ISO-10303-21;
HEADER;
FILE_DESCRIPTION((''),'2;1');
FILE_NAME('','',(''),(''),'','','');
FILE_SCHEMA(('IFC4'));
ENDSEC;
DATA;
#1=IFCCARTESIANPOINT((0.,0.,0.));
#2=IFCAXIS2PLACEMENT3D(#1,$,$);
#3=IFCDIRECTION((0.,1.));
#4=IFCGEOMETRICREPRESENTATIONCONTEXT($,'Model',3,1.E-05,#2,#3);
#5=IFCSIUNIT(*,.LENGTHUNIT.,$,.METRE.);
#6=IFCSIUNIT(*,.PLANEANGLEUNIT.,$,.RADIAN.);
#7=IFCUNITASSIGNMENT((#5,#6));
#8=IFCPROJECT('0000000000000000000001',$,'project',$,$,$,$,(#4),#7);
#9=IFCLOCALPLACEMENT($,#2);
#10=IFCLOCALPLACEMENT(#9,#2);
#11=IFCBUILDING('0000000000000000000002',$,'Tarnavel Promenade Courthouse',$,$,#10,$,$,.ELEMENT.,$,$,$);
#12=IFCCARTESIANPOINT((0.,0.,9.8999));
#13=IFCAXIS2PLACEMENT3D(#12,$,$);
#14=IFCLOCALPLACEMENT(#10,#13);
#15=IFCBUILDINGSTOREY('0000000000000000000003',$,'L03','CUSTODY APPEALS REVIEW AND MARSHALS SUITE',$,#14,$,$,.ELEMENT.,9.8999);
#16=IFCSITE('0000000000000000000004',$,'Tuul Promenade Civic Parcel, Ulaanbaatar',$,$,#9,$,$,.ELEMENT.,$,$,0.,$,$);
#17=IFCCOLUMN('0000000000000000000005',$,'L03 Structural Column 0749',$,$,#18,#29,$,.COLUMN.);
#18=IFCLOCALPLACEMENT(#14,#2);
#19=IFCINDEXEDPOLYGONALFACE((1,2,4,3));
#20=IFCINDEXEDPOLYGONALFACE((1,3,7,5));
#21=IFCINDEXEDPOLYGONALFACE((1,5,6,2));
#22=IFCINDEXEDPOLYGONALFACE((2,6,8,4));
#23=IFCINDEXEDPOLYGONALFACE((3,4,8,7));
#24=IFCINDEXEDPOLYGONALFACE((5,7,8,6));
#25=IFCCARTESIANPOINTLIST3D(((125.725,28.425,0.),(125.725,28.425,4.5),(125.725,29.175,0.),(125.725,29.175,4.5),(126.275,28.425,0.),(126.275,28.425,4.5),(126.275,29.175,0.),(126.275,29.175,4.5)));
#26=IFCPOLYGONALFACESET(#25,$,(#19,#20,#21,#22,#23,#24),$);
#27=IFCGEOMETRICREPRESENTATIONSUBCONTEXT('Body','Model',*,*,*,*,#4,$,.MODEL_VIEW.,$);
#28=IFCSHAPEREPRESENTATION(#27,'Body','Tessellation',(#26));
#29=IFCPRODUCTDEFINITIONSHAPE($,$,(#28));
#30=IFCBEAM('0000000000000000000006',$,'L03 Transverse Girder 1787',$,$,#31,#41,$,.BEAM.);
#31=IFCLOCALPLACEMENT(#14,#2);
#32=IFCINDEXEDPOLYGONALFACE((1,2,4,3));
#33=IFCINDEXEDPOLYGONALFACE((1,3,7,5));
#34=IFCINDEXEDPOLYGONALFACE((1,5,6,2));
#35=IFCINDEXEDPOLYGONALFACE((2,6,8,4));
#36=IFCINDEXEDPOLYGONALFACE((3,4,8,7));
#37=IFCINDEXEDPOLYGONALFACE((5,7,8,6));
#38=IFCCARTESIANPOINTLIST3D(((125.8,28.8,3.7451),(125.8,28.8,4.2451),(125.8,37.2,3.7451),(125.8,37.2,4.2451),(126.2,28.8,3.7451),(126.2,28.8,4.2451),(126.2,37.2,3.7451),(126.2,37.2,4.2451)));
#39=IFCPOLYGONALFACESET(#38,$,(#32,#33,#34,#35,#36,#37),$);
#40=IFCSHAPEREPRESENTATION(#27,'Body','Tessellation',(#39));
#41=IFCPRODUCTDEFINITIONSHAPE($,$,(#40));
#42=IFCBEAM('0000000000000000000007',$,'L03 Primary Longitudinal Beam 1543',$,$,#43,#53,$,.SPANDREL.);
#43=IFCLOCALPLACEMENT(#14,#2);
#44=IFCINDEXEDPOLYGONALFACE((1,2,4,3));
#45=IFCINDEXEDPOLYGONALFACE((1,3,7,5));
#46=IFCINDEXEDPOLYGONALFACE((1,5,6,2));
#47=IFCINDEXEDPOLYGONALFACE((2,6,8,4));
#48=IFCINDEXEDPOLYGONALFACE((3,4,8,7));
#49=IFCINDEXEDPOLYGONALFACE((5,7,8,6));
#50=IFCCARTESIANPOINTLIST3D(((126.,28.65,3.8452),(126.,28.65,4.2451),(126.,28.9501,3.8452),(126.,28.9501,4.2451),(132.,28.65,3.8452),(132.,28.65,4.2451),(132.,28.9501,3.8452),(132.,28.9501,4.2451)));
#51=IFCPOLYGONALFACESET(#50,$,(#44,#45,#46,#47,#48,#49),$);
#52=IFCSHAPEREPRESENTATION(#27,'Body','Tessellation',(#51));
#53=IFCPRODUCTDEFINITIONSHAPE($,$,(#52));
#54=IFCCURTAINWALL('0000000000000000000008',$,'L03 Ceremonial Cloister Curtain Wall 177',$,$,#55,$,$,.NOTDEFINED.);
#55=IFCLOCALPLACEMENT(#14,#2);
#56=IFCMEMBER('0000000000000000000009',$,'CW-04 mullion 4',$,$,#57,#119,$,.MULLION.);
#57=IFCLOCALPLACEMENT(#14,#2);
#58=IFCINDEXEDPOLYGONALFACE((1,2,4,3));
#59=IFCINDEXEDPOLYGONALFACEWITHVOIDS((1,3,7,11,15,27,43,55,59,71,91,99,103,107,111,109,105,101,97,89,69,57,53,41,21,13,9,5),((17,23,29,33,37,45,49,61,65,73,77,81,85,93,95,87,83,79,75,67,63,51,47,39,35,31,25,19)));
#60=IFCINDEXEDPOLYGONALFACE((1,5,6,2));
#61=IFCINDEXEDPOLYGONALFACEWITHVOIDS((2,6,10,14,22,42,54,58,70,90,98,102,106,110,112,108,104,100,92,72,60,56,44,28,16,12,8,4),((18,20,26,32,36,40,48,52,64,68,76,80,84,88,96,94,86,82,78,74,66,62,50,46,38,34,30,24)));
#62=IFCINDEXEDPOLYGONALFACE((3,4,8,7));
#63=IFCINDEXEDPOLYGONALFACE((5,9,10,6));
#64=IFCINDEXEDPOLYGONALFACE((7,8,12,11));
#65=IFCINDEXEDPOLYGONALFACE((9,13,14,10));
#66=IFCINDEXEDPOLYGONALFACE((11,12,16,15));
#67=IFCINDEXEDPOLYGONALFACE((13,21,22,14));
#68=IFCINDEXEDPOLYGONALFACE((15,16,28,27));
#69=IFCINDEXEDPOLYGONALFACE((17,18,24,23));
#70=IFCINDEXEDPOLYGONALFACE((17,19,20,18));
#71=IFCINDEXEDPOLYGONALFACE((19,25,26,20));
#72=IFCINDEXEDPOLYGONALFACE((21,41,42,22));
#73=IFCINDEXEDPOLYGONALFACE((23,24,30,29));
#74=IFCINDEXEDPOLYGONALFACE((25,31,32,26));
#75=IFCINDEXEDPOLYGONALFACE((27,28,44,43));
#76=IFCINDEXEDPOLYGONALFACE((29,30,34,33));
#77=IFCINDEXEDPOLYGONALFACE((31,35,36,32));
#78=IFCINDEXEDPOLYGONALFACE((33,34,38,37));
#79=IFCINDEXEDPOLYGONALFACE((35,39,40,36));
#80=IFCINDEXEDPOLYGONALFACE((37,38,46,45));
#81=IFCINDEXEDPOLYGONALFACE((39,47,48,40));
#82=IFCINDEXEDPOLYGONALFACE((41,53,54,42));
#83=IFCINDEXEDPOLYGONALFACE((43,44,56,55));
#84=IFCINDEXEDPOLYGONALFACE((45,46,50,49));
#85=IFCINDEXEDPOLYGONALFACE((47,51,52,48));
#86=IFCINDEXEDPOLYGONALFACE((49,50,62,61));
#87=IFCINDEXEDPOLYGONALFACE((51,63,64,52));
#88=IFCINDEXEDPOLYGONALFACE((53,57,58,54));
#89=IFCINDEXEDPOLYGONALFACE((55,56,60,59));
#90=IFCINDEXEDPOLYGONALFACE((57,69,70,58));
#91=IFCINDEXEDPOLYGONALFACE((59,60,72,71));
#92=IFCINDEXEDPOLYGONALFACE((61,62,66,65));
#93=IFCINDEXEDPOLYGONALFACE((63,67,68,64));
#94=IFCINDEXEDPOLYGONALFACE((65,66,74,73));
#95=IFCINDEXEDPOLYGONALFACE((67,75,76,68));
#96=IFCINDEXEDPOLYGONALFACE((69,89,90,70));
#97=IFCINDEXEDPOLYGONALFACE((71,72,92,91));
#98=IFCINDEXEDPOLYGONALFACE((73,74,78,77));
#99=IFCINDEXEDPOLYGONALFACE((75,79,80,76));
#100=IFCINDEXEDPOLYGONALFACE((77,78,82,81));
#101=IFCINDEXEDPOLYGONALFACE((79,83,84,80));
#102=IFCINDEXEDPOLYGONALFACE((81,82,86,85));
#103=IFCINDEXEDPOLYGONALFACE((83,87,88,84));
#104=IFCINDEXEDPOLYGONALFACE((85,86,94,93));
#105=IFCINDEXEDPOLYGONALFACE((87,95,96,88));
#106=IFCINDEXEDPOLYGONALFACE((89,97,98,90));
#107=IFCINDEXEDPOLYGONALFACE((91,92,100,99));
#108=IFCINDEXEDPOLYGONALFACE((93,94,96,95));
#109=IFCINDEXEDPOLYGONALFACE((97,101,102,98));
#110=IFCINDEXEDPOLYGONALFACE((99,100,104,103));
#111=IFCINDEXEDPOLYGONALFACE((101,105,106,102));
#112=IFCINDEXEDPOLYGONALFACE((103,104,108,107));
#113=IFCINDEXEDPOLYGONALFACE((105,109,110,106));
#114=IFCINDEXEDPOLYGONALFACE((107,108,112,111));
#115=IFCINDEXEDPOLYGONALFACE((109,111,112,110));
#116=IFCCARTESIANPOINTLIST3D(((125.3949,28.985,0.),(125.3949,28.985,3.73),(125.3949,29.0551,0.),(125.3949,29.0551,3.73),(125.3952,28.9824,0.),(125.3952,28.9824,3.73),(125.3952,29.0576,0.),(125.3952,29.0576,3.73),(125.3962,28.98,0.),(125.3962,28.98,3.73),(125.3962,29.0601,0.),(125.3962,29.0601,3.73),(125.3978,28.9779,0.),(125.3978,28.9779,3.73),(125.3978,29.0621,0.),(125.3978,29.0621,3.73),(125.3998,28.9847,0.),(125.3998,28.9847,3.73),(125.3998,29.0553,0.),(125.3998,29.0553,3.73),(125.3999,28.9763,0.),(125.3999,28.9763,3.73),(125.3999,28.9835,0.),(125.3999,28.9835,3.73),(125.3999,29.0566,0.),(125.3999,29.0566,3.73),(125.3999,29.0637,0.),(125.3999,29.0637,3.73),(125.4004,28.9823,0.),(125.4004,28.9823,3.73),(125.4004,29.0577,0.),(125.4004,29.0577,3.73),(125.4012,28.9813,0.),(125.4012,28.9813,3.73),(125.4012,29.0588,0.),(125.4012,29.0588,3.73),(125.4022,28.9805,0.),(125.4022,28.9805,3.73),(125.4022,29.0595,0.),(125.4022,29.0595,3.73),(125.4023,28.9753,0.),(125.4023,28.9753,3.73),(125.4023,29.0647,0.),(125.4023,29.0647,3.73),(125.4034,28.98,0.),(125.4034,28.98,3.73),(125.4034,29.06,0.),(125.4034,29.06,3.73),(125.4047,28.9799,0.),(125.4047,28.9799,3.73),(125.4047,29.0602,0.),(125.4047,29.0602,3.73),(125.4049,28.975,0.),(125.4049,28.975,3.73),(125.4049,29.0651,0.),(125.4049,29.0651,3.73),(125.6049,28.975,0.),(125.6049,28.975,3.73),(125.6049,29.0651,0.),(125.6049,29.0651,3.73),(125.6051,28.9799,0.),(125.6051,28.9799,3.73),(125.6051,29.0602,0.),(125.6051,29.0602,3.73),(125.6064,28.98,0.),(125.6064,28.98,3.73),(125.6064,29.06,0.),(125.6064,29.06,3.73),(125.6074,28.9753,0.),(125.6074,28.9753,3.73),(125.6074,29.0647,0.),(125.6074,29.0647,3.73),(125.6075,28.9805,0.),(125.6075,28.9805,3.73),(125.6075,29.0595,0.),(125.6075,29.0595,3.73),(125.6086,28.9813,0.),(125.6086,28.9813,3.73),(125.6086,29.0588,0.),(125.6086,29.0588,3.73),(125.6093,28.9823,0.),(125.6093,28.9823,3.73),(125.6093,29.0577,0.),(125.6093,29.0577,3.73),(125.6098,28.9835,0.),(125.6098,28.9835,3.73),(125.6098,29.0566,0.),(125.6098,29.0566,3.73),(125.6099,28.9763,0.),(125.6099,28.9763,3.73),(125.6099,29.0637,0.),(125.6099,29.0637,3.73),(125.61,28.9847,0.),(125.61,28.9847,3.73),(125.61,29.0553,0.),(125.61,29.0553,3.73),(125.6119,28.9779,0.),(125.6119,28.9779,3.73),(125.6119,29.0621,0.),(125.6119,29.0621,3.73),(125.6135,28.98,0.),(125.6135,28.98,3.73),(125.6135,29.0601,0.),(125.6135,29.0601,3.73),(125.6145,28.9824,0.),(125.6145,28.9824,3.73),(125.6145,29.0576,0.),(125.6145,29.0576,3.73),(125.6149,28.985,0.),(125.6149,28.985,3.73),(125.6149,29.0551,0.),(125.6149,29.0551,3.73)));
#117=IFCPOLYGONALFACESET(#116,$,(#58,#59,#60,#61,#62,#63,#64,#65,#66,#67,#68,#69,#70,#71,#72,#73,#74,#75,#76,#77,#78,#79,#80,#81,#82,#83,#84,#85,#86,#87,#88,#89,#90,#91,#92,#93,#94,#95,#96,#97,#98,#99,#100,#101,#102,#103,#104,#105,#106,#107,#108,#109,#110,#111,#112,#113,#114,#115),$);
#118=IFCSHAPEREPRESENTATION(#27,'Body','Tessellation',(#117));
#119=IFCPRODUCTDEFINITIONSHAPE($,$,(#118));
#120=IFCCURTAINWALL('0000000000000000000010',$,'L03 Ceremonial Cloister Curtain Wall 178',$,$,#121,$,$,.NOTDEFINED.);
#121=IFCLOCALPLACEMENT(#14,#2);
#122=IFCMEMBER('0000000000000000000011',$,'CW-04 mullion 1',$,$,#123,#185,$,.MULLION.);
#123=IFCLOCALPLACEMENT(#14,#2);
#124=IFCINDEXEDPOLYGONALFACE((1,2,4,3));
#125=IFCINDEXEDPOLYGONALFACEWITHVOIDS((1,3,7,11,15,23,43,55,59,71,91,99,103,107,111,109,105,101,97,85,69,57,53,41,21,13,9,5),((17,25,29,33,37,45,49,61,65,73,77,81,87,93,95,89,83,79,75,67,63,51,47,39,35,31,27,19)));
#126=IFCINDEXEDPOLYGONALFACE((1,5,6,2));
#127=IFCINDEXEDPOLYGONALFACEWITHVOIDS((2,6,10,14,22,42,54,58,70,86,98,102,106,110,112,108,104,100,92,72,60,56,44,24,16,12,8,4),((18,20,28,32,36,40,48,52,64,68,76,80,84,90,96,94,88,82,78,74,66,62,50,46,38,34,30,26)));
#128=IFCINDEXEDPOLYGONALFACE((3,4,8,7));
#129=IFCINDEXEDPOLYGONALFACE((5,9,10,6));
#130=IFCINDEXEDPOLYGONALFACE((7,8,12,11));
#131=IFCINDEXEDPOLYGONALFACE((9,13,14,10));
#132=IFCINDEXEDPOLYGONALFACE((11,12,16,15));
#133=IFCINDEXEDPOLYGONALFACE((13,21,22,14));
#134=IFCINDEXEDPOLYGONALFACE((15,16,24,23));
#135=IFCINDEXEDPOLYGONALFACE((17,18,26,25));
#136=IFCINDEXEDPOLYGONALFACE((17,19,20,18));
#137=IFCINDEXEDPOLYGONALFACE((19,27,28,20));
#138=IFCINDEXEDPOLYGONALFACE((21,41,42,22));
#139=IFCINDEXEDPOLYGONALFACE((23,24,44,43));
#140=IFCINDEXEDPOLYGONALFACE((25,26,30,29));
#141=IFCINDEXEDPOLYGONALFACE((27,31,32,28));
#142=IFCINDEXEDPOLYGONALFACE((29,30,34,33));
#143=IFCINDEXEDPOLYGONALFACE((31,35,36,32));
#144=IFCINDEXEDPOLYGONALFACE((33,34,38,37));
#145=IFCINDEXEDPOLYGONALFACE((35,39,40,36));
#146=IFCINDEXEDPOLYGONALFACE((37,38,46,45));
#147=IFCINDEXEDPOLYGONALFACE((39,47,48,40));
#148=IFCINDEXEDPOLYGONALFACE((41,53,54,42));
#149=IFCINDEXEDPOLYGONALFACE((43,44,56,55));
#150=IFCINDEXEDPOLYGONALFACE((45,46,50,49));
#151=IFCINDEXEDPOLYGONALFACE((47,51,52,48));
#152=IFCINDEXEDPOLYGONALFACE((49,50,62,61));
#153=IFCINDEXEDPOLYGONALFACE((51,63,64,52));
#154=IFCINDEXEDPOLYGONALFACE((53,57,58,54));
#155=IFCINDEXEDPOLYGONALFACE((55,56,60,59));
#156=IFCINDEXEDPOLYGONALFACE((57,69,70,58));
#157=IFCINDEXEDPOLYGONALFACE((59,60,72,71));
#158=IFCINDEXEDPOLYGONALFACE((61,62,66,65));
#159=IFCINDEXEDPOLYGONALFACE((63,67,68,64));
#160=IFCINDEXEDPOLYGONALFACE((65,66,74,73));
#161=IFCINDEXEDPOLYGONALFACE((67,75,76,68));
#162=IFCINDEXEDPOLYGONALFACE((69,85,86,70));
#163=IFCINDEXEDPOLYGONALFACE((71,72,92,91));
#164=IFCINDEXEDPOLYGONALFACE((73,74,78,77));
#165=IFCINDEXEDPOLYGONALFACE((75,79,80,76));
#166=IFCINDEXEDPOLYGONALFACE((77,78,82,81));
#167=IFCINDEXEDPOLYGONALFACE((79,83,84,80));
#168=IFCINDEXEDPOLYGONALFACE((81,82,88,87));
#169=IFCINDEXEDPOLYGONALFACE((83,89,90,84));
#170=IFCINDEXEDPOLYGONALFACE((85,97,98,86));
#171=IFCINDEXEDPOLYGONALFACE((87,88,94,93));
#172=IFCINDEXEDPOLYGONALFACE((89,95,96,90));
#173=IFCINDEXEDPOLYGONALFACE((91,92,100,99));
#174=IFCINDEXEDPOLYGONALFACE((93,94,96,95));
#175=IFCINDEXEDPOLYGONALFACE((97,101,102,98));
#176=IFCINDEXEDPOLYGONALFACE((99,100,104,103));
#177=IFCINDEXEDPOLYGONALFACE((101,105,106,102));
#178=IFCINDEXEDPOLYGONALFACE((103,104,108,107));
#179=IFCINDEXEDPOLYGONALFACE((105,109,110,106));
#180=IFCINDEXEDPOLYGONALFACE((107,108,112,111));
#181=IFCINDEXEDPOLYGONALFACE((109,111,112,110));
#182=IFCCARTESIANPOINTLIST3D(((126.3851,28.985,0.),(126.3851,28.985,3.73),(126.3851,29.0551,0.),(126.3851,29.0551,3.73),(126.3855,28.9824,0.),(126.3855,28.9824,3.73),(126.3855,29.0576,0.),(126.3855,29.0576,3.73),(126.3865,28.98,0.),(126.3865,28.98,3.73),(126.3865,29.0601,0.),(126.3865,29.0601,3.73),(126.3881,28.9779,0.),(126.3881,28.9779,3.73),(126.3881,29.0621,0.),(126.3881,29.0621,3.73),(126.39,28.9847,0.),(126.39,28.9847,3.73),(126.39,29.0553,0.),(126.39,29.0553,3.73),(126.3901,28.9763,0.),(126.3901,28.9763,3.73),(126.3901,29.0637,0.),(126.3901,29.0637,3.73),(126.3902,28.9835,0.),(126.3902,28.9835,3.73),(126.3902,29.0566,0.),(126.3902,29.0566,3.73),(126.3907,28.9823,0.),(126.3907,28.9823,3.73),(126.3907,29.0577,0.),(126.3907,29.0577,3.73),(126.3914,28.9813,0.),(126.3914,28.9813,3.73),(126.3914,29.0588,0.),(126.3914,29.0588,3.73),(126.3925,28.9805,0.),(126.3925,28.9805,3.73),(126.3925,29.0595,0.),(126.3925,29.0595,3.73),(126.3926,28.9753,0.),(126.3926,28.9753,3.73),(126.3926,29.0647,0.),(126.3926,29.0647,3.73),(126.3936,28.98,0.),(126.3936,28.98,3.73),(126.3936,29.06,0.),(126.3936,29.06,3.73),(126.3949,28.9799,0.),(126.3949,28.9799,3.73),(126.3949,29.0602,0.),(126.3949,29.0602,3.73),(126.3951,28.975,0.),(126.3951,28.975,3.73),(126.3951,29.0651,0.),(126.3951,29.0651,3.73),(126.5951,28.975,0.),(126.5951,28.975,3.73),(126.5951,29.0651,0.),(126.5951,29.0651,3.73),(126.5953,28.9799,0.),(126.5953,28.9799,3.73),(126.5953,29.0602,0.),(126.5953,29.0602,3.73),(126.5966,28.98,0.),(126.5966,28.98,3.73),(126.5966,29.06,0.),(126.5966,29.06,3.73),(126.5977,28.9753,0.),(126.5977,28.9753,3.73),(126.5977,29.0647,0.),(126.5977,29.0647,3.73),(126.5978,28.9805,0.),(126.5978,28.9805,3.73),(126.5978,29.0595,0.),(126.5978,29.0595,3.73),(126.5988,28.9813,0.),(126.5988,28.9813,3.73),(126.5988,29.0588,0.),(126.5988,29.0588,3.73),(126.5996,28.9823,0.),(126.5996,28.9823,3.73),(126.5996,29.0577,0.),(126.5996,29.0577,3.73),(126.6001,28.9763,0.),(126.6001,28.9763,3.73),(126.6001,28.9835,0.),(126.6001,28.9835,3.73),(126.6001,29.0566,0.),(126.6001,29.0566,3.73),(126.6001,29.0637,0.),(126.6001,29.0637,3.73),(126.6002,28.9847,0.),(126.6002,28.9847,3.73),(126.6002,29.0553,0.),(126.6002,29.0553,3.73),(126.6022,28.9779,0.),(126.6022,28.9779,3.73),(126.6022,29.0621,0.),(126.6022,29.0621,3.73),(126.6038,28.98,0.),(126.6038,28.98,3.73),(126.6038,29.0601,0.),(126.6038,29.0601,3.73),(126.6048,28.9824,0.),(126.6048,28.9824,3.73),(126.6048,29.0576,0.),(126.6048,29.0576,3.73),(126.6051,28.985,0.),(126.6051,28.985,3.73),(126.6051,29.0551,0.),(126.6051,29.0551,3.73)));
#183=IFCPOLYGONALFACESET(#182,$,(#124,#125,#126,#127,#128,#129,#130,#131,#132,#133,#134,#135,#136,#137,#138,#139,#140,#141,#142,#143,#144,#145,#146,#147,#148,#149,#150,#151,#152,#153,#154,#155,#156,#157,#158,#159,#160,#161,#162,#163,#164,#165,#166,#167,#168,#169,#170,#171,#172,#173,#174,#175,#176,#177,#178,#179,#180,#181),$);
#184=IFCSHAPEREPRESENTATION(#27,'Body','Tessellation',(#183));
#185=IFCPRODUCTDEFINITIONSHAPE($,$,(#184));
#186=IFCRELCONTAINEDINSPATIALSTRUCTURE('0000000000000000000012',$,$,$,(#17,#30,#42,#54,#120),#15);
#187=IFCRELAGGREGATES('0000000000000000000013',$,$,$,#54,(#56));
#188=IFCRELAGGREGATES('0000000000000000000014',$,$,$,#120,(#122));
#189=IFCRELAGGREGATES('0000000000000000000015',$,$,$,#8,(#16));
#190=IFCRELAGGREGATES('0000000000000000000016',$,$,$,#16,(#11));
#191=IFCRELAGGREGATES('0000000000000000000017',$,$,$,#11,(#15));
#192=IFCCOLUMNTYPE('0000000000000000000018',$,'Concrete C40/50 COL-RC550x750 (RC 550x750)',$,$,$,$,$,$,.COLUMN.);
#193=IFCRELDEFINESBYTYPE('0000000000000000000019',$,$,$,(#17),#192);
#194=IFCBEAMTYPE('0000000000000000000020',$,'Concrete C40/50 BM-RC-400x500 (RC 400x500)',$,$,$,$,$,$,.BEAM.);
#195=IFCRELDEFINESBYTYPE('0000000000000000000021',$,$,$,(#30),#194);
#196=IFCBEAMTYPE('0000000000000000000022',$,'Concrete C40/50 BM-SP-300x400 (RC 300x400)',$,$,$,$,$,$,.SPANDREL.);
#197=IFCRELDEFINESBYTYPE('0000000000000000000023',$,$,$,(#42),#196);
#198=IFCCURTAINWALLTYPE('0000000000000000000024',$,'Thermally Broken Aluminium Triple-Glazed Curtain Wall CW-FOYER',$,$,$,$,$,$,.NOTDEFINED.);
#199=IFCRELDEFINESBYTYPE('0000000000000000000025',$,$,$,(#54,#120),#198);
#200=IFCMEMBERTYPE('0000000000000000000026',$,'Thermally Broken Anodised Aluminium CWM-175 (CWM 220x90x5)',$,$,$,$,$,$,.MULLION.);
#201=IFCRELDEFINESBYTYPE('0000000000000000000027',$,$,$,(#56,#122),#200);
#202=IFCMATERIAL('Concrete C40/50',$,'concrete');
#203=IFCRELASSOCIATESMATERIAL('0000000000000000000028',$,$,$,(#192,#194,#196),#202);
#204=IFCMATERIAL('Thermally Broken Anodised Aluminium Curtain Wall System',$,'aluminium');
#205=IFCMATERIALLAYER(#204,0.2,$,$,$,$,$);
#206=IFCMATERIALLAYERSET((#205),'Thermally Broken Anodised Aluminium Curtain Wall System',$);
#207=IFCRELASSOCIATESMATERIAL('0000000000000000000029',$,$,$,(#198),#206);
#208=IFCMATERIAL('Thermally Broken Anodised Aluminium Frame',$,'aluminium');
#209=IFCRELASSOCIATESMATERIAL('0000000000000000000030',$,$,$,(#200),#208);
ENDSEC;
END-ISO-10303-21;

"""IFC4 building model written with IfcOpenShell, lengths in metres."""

from ifc_helpers import new_model, si_unit, direction, frame, origin, origin_2d, place, context, subcontext, project, spatial, rectangle, hollow_rectangle, extrude, material, layer, layer_set, material_profile, profile_set, type_object, element, aggregate, save


model = new_model("IFC4")

# Units and contexts
model_context = context("Model", 3, precision=1e-05, world=origin(), true_north=direction((0.0, 1.0)))
body_context = subcontext(model_context, "Body", "Model", "MODEL_VIEW")
ifc_project = project(units=[si_unit("LENGTHUNIT", "METRE"), si_unit("PLANEANGLEUNIT", "RADIAN")], contexts=[model_context])

# Site, building, storey
site_placement = place(None, origin())
site = spatial("IfcSite", under=ifc_project, at=site_placement, Name="Tuul Promenade Civic Parcel, Ulaanbaatar", CompositionType="ELEMENT", RefElevation=0.0)
building_placement = place(site_placement, origin())
building = spatial("IfcBuilding", under=site, at=building_placement, Name="Tarnavel Promenade Courthouse", CompositionType="ELEMENT")
storey_placement = place(building_placement, frame((0.0, 0.0, 9.8999)))
storey = spatial("IfcBuildingStorey", under=building, at=storey_placement, Name="L03", Description="CUSTODY APPEALS REVIEW AND MARSHALS SUITE", CompositionType="ELEMENT", Elevation=9.8999)

# Column
ifc_material_1 = material(Name="Concrete C40/50", Category="concrete")
ifc_material_profile_1 = material_profile(ifc_material_1, rectangle(XDim=0.55, YDim=0.75, at=origin_2d()), Name="RC 550x750")
ifc_profile_set_1 = profile_set([ifc_material_profile_1], Name="Concrete C40/50")
column_type = type_object("IfcColumnType", Name="Concrete C40/50 COL-RC550x750 (RC 550x750)", PredefinedType="COLUMN", material=ifc_profile_set_1)
column_placement = place(storey_placement, frame((126.0, 28.8, 0.0), z_axis=(0.0, 0.0, 1.0), x_axis=(1.0, 0.0, 0.0)))
element("IfcColumn", 1, at=column_placement, inside=storey, type_object=column_type, Name="L03 Structural Column 0749", PredefinedType="COLUMN", context=body_context, shape_type="SweptSolid", body=[
    extrude(rectangle(XDim=0.55, YDim=0.75, at=origin_2d()), origin(), (0.0, 0.0, 1.0), 4.5),
])

# Beams
ifc_material_profile_2 = material_profile(ifc_material_1, rectangle(XDim=0.3999, YDim=0.5, at=origin_2d()), Name="RC 400x500")
ifc_profile_set_2 = profile_set([ifc_material_profile_2], Name="Concrete C40/50")
beam_type_1 = type_object("IfcBeamType", Name="Concrete C40/50 BM-RC-400x500 (RC 400x500)", PredefinedType="BEAM", material=ifc_profile_set_2)
beam_1_placement = place(storey_placement, frame((126.0, 28.8, 3.9951), z_axis=(0.0, 1.0, 0.0), x_axis=(-1.0, 0.0, 0.0)))
element("IfcBeam", 2, at=beam_1_placement, inside=storey, type_object=beam_type_1, Name="L03 Transverse Girder 1787", PredefinedType="BEAM", context=body_context, shape_type="SweptSolid", body=[
    extrude(rectangle(XDim=0.3999, YDim=0.5, at=origin_2d()), origin(), (0.0, 0.0, 1.0), 8.3999),
])
ifc_material_profile_3 = material_profile(ifc_material_1, rectangle(XDim=0.3, YDim=0.3999, at=origin_2d()), Name="RC 300x400")
ifc_profile_set_3 = profile_set([ifc_material_profile_3], Name="Concrete C40/50")
beam_type_2 = type_object("IfcBeamType", Name="Concrete C40/50 BM-SP-300x400 (RC 300x400)", PredefinedType="SPANDREL", material=ifc_profile_set_3)
beam_2_placement = place(storey_placement, frame((126.0, 28.8, 4.0452), z_axis=(1.0, 0.0, 0.0), x_axis=(0.0, 1.0, 0.0)))
element("IfcBeam", 3, at=beam_2_placement, inside=storey, type_object=beam_type_2, Name="L03 Primary Longitudinal Beam 1543", PredefinedType="SPANDREL", context=body_context, shape_type="SweptSolid", body=[
    extrude(rectangle(XDim=0.3, YDim=0.3999, at=origin_2d()), origin(), (0.0, 0.0, 1.0), 6.0),
])

# Curtain wall, member
ifc_material_2 = material(Name="Thermally Broken Anodised Aluminium Curtain Wall System", Category="aluminium")
ifc_layer_1 = layer(ifc_material_2, 0.2)
ifc_layer_set_1 = layer_set([ifc_layer_1], Name="Thermally Broken Anodised Aluminium Curtain Wall System")
curtain_wall_type = type_object("IfcCurtainWallType", Name="Thermally Broken Aluminium Triple-Glazed Curtain Wall CW-FOYER", PredefinedType="NOTDEFINED", material=ifc_layer_set_1)
curtain_wall_1_placement = place(storey_placement, origin())
curtain_wall_1 = element("IfcCurtainWall", 4, at=curtain_wall_1_placement, inside=storey, type_object=curtain_wall_type, Name="L03 Ceremonial Cloister Curtain Wall 177", PredefinedType="NOTDEFINED")
ifc_material_3 = material(Name="Thermally Broken Anodised Aluminium Frame", Category="aluminium")
ifc_material_profile_4 = material_profile(ifc_material_3, hollow_rectangle(XDim=0.0901, YDim=0.22, WallThickness=0.0049, InnerFilletRadius=0.0049, OuterFilletRadius=0.01, at=origin_2d()), Name="CWM 220x90x5")
ifc_profile_set_4 = profile_set([ifc_material_profile_4], Name="Thermally Broken Anodised Aluminium Frame")
member_type_1 = type_object("IfcMemberType", Name="Thermally Broken Anodised Aluminium CWM-175 (CWM 220x90x5)", PredefinedType="MULLION", material=ifc_profile_set_4)
member_1_placement = place(storey_placement, frame((125.5049, 29.02, 0.0), z_axis=(0.0, 0.0, 1.0), x_axis=(0.0, 1.0, 0.0)))
member_1 = element("IfcMember", 5, at=member_1_placement, type_object=member_type_1, Name="CW-04 mullion 4", PredefinedType="MULLION", context=body_context, shape_type="SweptSolid", body=[
    extrude(hollow_rectangle(XDim=0.0901, YDim=0.22, WallThickness=0.0049, InnerFilletRadius=0.0049, OuterFilletRadius=0.01, at=origin_2d()), origin(), (0.0, 0.0, 1.0), 3.73),
])

# Curtain wall, member
curtain_wall_2_placement = place(storey_placement, origin())
curtain_wall_2 = element("IfcCurtainWall", 6, at=curtain_wall_2_placement, inside=storey, type_object=curtain_wall_type, Name="L03 Ceremonial Cloister Curtain Wall 178", PredefinedType="NOTDEFINED")
member_2_placement = place(storey_placement, frame((126.4951, 29.02, 0.0), z_axis=(0.0, 0.0, 1.0), x_axis=(0.0, 1.0, 0.0)))
member_2 = element("IfcMember", 7, at=member_2_placement, type_object=member_type_1, Name="CW-04 mullion 1", PredefinedType="MULLION", context=body_context, shape_type="SweptSolid", body=[
    extrude(hollow_rectangle(XDim=0.0901, YDim=0.22, WallThickness=0.0049, InnerFilletRadius=0.0049, OuterFilletRadius=0.01, at=origin_2d()), origin(), (0.0, 0.0, 1.0), 3.73),
])

aggregate(curtain_wall_1, [member_1])
aggregate(curtain_wall_2, [member_2])

save(model, "model.ifc")
